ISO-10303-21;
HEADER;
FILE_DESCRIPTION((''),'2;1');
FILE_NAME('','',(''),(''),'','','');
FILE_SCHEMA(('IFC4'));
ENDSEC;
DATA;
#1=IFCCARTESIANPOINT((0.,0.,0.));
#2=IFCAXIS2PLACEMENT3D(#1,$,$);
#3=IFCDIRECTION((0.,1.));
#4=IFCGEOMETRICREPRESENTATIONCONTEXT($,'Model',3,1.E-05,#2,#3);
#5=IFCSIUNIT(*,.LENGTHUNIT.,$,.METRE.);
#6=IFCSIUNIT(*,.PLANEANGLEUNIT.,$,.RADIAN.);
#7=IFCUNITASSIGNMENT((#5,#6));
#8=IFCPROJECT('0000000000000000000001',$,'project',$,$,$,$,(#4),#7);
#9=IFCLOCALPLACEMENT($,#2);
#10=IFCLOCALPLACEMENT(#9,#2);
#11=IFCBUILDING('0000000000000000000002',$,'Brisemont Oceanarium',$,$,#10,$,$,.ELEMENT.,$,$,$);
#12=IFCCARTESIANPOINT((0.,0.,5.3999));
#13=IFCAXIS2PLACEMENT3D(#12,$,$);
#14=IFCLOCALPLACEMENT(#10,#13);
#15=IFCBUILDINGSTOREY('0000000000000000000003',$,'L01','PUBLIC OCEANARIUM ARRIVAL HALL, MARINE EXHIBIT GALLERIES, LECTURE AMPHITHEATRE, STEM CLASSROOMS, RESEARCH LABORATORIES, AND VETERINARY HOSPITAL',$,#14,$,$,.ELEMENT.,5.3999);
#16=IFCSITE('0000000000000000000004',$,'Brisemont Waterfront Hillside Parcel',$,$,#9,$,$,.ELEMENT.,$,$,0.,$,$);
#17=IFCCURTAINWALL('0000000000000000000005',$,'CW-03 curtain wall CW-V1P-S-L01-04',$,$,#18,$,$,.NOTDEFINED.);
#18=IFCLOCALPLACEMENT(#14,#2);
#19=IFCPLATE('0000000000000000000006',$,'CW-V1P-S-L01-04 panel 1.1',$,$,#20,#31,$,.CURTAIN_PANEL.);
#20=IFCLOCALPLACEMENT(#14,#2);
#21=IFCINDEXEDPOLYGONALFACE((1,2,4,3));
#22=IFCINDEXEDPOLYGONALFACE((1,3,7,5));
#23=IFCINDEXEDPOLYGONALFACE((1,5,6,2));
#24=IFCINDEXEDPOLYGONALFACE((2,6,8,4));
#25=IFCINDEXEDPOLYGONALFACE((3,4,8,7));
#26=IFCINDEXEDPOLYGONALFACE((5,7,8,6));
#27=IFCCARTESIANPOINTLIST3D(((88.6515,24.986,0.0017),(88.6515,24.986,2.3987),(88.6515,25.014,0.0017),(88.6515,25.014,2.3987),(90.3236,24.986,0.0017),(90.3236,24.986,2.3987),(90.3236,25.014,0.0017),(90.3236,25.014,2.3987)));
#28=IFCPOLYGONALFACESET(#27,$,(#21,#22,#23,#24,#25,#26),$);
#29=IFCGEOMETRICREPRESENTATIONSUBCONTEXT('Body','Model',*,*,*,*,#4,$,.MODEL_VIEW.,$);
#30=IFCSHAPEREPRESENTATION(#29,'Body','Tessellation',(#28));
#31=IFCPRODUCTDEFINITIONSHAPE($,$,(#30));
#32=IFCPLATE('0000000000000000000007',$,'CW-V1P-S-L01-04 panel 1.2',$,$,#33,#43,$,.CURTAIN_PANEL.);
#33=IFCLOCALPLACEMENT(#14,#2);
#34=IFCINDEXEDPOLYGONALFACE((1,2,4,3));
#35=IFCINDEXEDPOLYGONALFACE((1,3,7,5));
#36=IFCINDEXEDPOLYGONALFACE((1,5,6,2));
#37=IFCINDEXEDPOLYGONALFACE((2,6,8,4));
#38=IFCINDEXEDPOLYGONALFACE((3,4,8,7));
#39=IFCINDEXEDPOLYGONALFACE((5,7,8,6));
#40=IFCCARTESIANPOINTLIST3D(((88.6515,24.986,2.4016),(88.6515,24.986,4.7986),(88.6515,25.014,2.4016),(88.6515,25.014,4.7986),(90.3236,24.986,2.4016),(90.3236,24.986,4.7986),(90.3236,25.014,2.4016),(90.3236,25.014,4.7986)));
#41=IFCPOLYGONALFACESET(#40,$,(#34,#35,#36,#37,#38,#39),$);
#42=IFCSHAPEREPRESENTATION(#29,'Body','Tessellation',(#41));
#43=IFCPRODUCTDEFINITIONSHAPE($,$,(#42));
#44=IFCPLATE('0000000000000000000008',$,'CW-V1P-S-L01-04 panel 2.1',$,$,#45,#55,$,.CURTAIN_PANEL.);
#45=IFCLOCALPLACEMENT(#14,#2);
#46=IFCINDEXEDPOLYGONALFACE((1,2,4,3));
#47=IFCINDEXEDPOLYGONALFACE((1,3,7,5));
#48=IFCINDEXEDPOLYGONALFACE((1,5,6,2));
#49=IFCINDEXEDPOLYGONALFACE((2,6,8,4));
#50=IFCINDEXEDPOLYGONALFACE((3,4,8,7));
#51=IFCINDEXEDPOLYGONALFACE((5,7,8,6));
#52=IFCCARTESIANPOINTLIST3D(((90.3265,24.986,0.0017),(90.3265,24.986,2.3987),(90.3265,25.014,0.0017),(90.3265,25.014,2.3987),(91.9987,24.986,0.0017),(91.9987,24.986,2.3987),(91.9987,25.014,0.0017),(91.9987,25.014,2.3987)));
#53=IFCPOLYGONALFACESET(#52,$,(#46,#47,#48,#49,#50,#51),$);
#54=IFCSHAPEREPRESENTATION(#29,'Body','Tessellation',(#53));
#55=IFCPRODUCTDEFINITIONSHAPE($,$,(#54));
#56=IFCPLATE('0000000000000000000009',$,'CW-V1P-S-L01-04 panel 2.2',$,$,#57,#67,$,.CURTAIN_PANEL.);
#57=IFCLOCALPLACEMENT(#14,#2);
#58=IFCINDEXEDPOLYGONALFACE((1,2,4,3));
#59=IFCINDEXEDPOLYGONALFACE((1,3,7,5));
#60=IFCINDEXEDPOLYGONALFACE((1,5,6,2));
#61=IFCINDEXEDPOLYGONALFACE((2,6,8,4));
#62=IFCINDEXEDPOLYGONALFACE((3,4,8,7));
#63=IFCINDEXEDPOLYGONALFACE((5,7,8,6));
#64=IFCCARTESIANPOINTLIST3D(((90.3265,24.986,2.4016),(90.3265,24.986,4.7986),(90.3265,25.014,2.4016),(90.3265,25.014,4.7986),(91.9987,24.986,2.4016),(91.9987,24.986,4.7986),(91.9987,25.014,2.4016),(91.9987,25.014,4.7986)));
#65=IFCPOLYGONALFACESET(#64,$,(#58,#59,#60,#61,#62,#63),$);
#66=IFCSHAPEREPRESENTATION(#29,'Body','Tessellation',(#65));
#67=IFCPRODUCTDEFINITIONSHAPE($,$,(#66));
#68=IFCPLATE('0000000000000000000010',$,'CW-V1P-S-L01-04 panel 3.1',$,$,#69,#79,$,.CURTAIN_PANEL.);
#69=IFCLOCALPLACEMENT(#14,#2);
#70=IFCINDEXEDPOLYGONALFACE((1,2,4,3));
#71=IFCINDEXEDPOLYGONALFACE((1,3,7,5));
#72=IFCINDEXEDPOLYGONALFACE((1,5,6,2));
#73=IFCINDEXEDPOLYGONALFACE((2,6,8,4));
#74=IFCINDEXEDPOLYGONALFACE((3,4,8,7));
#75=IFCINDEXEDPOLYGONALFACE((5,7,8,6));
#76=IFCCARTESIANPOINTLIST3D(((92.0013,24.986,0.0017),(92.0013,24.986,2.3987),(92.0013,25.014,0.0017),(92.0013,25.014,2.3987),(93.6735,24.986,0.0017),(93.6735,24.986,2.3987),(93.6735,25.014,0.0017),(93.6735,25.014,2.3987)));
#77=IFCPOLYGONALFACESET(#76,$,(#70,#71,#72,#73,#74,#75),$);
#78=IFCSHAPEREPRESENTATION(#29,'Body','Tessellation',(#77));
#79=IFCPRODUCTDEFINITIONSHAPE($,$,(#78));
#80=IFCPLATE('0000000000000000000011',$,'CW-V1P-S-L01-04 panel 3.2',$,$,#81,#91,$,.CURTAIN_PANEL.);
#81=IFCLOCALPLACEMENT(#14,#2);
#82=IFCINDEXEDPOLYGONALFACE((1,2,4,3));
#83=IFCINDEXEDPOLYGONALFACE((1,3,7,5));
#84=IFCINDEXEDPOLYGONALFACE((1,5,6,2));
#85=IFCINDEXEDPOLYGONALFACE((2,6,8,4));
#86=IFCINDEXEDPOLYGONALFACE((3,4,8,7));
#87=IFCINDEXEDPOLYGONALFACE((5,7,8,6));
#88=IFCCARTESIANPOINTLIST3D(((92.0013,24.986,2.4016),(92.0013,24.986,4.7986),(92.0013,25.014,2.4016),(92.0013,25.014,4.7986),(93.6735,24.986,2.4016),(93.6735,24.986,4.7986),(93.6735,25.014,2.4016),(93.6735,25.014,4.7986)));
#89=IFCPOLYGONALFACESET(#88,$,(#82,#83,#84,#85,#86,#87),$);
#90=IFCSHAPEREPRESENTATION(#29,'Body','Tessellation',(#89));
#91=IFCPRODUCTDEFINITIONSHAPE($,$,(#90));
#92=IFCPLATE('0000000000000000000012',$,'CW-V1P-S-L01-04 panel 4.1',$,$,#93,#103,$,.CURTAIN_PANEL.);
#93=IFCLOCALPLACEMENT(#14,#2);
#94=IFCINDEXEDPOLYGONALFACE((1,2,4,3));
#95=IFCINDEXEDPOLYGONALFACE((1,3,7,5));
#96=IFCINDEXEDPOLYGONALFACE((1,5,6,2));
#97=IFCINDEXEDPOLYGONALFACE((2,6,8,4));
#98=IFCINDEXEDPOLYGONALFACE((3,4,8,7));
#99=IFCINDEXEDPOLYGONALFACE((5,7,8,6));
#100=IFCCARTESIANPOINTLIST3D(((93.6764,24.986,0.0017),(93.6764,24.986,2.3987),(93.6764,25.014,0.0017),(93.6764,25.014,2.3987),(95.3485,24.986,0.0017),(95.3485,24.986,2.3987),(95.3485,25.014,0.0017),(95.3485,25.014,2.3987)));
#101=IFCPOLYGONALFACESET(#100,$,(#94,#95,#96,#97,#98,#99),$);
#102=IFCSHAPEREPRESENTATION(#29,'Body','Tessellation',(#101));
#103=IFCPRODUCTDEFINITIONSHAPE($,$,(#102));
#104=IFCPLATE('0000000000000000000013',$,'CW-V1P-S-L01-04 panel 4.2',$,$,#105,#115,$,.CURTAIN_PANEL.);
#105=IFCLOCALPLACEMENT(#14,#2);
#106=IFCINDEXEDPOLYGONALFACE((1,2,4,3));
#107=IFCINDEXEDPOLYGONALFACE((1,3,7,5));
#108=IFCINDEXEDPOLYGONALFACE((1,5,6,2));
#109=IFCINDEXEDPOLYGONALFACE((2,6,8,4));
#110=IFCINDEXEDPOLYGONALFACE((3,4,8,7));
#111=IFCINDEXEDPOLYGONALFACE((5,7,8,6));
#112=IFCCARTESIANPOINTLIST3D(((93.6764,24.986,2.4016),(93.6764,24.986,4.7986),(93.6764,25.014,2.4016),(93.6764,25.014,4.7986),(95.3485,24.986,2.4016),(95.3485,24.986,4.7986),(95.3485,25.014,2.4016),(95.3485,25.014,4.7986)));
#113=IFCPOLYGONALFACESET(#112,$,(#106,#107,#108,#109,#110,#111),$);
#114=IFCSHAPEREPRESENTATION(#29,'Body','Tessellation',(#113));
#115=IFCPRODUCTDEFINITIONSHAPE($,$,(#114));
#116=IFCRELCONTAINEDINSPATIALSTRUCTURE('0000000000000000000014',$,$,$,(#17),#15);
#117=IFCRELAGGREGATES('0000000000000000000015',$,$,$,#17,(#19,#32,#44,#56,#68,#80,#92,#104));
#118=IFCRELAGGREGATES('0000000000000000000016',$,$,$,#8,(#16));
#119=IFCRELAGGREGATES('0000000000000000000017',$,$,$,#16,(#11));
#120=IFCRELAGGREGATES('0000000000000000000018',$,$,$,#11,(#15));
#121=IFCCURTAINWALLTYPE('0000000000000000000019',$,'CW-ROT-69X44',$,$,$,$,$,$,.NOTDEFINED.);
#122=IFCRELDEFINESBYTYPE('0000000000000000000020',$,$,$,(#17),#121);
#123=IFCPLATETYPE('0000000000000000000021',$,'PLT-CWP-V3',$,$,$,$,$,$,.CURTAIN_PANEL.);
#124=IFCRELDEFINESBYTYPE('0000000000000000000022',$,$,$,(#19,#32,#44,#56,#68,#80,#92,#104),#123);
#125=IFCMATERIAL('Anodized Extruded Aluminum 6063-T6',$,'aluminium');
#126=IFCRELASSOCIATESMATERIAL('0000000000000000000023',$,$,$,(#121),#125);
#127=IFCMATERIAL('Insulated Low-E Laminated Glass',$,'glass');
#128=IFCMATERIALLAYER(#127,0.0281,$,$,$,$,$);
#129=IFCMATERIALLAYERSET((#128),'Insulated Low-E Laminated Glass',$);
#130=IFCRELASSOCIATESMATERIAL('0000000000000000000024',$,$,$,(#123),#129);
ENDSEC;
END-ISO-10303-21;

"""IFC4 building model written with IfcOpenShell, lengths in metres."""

from ifc_helpers import new_model, si_unit, direction, frame, origin, origin_2d, place, context, subcontext, project, spatial, rectangle, extrude, material, layer, layer_set, type_object, element, aggregate, save


model = new_model("IFC4")

# Units and contexts
model_context = context("Model", 3, precision=1e-05, world=origin(), true_north=direction((0.0, 1.0)))
body_context = subcontext(model_context, "Body", "Model", "MODEL_VIEW")
ifc_project = project(units=[si_unit("LENGTHUNIT", "METRE"), si_unit("PLANEANGLEUNIT", "RADIAN")], contexts=[model_context])

# Site, building, storey
site_placement = place(None, origin())
site = spatial("IfcSite", under=ifc_project, at=site_placement, Name="Brisemont Waterfront Hillside Parcel", CompositionType="ELEMENT", RefElevation=0.0)
building_placement = place(site_placement, origin())
building = spatial("IfcBuilding", under=site, at=building_placement, Name="Brisemont Oceanarium", CompositionType="ELEMENT")
storey_placement = place(building_placement, frame((0.0, 0.0, 5.3999)))
storey = spatial("IfcBuildingStorey", under=building, at=storey_placement, Name="L01", Description="PUBLIC OCEANARIUM ARRIVAL HALL, MARINE EXHIBIT GALLERIES, LECTURE AMPHITHEATRE, STEM CLASSROOMS, RESEARCH LABORATORIES, AND VETERINARY HOSPITAL", CompositionType="ELEMENT", Elevation=5.3999)

# Curtain wall
ifc_material_1 = material(Name="Anodized Extruded Aluminum 6063-T6", Category="aluminium")
curtain_wall_type = type_object("IfcCurtainWallType", Name="CW-ROT-69X44", PredefinedType="NOTDEFINED", material=ifc_material_1)
curtain_wall_1_placement = place(storey_placement, origin())
curtain_wall_1 = element("IfcCurtainWall", 1, at=curtain_wall_1_placement, inside=storey, type_object=curtain_wall_type, Name="CW-03 curtain wall CW-V1P-S-L01-04", PredefinedType="NOTDEFINED")

# Plates
ifc_material_2 = material(Name="Insulated Low-E Laminated Glass", Category="glass")
ifc_layer = layer(ifc_material_2, 0.0281)
ifc_layer_set = layer_set([ifc_layer], Name="Insulated Low-E Laminated Glass")
plate_type = type_object("IfcPlateType", Name="PLT-CWP-V3", PredefinedType="CURTAIN_PANEL", material=ifc_layer_set)
plate_1_placement = place(storey_placement, frame((89.4875, 25.0, 0.0017), z_axis=(0.0, 0.0, 1.0), x_axis=(1.0, 0.0, 0.0)))
plate_1 = element("IfcPlate", 2, at=plate_1_placement, type_object=plate_type, Name="CW-V1P-S-L01-04 panel 1.1", PredefinedType="CURTAIN_PANEL", context=body_context, shape_type="SweptSolid", body=[
    extrude(rectangle(XDim=1.6721, YDim=0.0281, at=origin_2d()), origin(), (0.0, 0.0, 1.0), 2.397),
])
plate_2_placement = place(storey_placement, frame((89.4875, 25.0, 2.4016), z_axis=(0.0, 0.0, 1.0), x_axis=(1.0, 0.0, 0.0)))
plate_2 = element("IfcPlate", 3, at=plate_2_placement, type_object=plate_type, Name="CW-V1P-S-L01-04 panel 1.2", PredefinedType="CURTAIN_PANEL", context=body_context, shape_type="SweptSolid", body=[
    extrude(rectangle(XDim=1.6721, YDim=0.0281, at=origin_2d()), origin(), (0.0, 0.0, 1.0), 2.397),
])
plate_3_placement = place(storey_placement, frame((91.1626, 25.0, 0.0017), z_axis=(0.0, 0.0, 1.0), x_axis=(1.0, 0.0, 0.0)))
plate_3 = element("IfcPlate", 4, at=plate_3_placement, type_object=plate_type, Name="CW-V1P-S-L01-04 panel 2.1", PredefinedType="CURTAIN_PANEL", context=body_context, shape_type="SweptSolid", body=[
    extrude(rectangle(XDim=1.6721, YDim=0.0281, at=origin_2d()), origin(), (0.0, 0.0, 1.0), 2.397),
])
plate_4_placement = place(storey_placement, frame((91.1626, 25.0, 2.4016), z_axis=(0.0, 0.0, 1.0), x_axis=(1.0, 0.0, 0.0)))
plate_4 = element("IfcPlate", 5, at=plate_4_placement, type_object=plate_type, Name="CW-V1P-S-L01-04 panel 2.2", PredefinedType="CURTAIN_PANEL", context=body_context, shape_type="SweptSolid", body=[
    extrude(rectangle(XDim=1.6721, YDim=0.0281, at=origin_2d()), origin(), (0.0, 0.0, 1.0), 2.397),
])
plate_5_placement = place(storey_placement, frame((92.8374, 25.0, 0.0017), z_axis=(0.0, 0.0, 1.0), x_axis=(1.0, 0.0, 0.0)))
plate_5 = element("IfcPlate", 6, at=plate_5_placement, type_object=plate_type, Name="CW-V1P-S-L01-04 panel 3.1", PredefinedType="CURTAIN_PANEL", context=body_context, shape_type="SweptSolid", body=[
    extrude(rectangle(XDim=1.6721, YDim=0.0281, at=origin_2d()), origin(), (0.0, 0.0, 1.0), 2.397),
])
plate_6_placement = place(storey_placement, frame((92.8374, 25.0, 2.4016), z_axis=(0.0, 0.0, 1.0), x_axis=(1.0, 0.0, 0.0)))
plate_6 = element("IfcPlate", 7, at=plate_6_placement, type_object=plate_type, Name="CW-V1P-S-L01-04 panel 3.2", PredefinedType="CURTAIN_PANEL", context=body_context, shape_type="SweptSolid", body=[
    extrude(rectangle(XDim=1.6721, YDim=0.0281, at=origin_2d()), origin(), (0.0, 0.0, 1.0), 2.397),
])
plate_7_placement = place(storey_placement, frame((94.5125, 25.0, 0.0017), z_axis=(0.0, 0.0, 1.0), x_axis=(1.0, 0.0, 0.0)))
plate_7 = element("IfcPlate", 8, at=plate_7_placement, type_object=plate_type, Name="CW-V1P-S-L01-04 panel 4.1", PredefinedType="CURTAIN_PANEL", context=body_context, shape_type="SweptSolid", body=[
    extrude(rectangle(XDim=1.6721, YDim=0.0281, at=origin_2d()), origin(), (0.0, 0.0, 1.0), 2.397),
])
plate_8_placement = place(storey_placement, frame((94.5125, 25.0, 2.4016), z_axis=(0.0, 0.0, 1.0), x_axis=(1.0, 0.0, 0.0)))
plate_8 = element("IfcPlate", 9, at=plate_8_placement, type_object=plate_type, Name="CW-V1P-S-L01-04 panel 4.2", PredefinedType="CURTAIN_PANEL", context=body_context, shape_type="SweptSolid", body=[
    extrude(rectangle(XDim=1.6721, YDim=0.0281, at=origin_2d()), origin(), (0.0, 0.0, 1.0), 2.397),
])
aggregate(curtain_wall_1, [plate_1, plate_2, plate_3, plate_4, plate_5, plate_6, plate_7, plate_8])

save(model, "model.ifc")
